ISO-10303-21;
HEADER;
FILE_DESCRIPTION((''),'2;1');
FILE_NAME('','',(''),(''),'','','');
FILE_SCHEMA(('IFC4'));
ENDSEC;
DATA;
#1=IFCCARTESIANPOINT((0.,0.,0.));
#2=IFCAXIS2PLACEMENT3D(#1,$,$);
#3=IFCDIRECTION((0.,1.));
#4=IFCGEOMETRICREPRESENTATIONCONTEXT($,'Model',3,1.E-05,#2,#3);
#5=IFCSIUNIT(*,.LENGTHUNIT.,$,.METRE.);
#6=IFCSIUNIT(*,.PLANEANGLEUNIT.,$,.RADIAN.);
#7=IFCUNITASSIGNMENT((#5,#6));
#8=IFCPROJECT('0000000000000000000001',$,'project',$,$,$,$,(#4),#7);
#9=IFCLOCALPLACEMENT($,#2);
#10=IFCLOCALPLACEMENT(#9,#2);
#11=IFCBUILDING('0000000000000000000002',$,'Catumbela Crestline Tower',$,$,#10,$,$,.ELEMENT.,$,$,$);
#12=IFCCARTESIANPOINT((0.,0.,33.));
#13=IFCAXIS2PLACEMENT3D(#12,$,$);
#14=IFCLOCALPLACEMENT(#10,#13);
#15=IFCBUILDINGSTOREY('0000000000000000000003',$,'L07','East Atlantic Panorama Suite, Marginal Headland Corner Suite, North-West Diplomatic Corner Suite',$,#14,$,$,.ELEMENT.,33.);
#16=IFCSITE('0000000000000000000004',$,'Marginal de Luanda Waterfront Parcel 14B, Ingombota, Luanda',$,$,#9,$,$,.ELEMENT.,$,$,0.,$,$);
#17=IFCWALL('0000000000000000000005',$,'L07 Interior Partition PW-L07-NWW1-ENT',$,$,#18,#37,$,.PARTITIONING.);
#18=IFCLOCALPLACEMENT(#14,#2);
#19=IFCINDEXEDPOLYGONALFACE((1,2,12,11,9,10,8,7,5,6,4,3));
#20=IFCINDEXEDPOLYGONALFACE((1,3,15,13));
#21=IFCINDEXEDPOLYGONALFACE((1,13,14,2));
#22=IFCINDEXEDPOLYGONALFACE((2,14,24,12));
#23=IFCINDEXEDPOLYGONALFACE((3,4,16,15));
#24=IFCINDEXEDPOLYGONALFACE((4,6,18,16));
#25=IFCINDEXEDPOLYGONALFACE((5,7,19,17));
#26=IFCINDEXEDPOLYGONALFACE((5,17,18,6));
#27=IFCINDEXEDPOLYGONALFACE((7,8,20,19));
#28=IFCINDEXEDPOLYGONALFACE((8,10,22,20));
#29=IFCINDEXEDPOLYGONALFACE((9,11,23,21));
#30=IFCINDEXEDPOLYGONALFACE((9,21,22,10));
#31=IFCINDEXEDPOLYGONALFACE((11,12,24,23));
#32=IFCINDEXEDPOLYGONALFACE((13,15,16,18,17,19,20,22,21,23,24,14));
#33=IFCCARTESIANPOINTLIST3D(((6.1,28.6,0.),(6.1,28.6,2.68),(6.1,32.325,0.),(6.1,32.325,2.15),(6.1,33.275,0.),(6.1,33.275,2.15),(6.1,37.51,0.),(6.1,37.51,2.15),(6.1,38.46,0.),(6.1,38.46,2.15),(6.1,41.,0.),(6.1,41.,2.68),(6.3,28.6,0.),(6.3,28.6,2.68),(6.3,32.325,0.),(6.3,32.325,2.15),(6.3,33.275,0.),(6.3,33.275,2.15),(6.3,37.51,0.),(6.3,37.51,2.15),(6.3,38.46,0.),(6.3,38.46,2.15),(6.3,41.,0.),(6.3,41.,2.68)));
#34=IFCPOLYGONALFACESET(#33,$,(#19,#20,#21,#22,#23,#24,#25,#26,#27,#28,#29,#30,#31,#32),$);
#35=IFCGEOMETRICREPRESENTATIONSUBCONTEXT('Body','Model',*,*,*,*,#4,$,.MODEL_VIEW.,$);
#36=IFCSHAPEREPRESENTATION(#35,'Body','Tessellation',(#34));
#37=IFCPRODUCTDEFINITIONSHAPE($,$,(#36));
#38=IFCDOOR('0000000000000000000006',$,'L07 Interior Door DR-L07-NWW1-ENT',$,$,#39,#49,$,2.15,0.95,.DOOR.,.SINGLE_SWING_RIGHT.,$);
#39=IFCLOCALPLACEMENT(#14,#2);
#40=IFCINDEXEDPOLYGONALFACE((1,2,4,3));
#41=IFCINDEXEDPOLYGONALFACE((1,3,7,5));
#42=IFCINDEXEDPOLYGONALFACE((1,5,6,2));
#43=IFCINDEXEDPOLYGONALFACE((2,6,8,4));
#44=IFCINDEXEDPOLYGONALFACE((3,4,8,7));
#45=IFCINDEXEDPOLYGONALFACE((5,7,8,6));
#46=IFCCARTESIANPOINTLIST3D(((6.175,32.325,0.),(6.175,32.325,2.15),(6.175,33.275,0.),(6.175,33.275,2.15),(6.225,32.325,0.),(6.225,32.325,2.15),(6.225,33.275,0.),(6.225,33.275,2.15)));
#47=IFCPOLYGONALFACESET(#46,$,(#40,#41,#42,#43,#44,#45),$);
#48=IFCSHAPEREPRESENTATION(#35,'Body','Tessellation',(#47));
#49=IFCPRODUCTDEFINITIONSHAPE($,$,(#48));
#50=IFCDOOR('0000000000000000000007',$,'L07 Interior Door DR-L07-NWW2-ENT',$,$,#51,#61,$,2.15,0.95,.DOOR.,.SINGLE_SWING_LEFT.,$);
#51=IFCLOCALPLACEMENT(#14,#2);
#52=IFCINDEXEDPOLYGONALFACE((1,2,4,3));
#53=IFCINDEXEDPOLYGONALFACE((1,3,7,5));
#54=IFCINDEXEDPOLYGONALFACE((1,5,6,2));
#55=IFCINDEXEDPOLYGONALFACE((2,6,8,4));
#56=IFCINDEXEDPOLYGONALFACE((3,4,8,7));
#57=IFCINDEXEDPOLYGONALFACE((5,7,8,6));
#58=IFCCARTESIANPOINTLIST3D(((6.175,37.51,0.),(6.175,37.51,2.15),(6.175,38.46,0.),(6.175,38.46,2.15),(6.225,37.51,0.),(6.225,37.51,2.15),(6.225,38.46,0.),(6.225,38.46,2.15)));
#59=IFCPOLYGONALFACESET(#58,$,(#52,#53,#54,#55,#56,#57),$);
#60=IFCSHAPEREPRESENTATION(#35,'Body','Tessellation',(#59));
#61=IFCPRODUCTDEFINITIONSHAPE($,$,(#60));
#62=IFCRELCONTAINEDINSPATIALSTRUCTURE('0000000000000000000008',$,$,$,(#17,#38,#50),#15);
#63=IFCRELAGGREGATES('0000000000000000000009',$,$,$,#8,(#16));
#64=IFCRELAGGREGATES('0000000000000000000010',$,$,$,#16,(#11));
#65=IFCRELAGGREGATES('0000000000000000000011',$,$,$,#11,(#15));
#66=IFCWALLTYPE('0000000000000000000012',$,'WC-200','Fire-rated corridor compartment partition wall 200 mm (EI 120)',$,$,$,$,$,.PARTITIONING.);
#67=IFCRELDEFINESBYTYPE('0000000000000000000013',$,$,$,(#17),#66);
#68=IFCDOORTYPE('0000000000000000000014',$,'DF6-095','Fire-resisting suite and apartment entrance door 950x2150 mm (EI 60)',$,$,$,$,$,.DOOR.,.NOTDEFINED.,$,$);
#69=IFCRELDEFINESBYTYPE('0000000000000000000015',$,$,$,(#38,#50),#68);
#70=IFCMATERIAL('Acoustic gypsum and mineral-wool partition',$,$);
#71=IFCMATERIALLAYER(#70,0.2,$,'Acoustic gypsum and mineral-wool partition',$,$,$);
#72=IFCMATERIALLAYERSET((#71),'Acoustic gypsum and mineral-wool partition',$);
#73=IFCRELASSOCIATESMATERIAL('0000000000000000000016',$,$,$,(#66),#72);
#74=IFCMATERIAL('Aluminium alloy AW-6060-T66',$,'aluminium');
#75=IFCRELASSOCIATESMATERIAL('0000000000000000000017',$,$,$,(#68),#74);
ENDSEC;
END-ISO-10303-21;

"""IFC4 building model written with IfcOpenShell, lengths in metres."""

from ifc_helpers import new_model, si_unit, direction, frame, frame_2d, origin, place, context, subcontext, project, spatial, rectangle, extrude, material, layer, layer_set, type_object, element, fill, save


model = new_model("IFC4")

# Units and contexts
model_context = context("Model", 3, precision=1e-05, world=origin(), true_north=direction((0.0, 1.0)))
body_context = subcontext(model_context, "Body", "Model", "MODEL_VIEW")
ifc_project = project(units=[si_unit("LENGTHUNIT", "METRE"), si_unit("PLANEANGLEUNIT", "RADIAN")], contexts=[model_context])

# Site, building, storey
site_placement = place(None, origin())
site = spatial("IfcSite", under=ifc_project, at=site_placement, Name="Marginal de Luanda Waterfront Parcel 14B, Ingombota, Luanda", CompositionType="ELEMENT", RefElevation=0.0)
building_placement = place(site_placement, origin())
building = spatial("IfcBuilding", under=site, at=building_placement, Name="Catumbela Crestline Tower", CompositionType="ELEMENT")
storey_placement = place(building_placement, frame((0.0, 0.0, 33.0)))
storey = spatial("IfcBuildingStorey", under=building, at=storey_placement, Name="L07", Description="East Atlantic Panorama Suite, Marginal Headland Corner Suite, North-West Diplomatic Corner Suite", CompositionType="ELEMENT", Elevation=33.0)

# Shared definitions
ifc_material_1 = material(Name="Acoustic gypsum and mineral-wool partition")
ifc_layer = layer(ifc_material_1, 0.2, Name="Acoustic gypsum and mineral-wool partition")
ifc_layer_set = layer_set([ifc_layer], Name="Acoustic gypsum and mineral-wool partition")
wall_type = type_object("IfcWallType", Name="WC-200", Description="Fire-rated corridor compartment partition wall 200 mm (EI 120)", PredefinedType="PARTITIONING", material=ifc_layer_set)
ifc_material_2 = material(Name="Aluminium alloy AW-6060-T66", Category="aluminium")
door_type_1 = type_object("IfcDoorType", Name="DF6-095", Description="Fire-resisting suite and apartment entrance door 950x2150 mm (EI 60)", OperationType="NOTDEFINED", PredefinedType="DOOR", material=ifc_material_2)

# Wall, openings, doors
wall_1_placement = place(storey_placement, frame((6.2, 28.6, 0.0), z_axis=(0.0, 0.0, 1.0), x_axis=(0.0, 1.0, 0.0)))
wall_1 = element("IfcWall", 1, at=wall_1_placement, inside=storey, type_object=wall_type, Name="L07 Interior Partition PW-L07-NWW1-ENT", PredefinedType="PARTITIONING", context=body_context, shape_type="SweptSolid", body=[
    extrude(rectangle(XDim=12.4, YDim=0.2, at=frame_2d((6.2, 0.0))), origin(), (0.0, 0.0, 1.0), 2.68),
])
opening_1_placement = place(wall_1_placement, frame((3.725, 0.0, 0.0)))
opening_1 = element("IfcOpeningElement", 2, at=opening_1_placement, cuts=wall_1, PredefinedType="OPENING", context=body_context, shape_type="SweptSolid", body=[
    extrude(rectangle(XDim=0.95, YDim=2.15, at=frame_2d((0.475, 1.075))), frame((0.0, 0.11, 0.0), z_axis=(0.0, -1.0, 0.0), x_axis=(1.0, 0.0, 0.0)), (0.0, 0.0, 1.0), 0.22),
])
opening_2_placement = place(wall_1_placement, frame((8.91, 0.0, 0.0)))
opening_2 = element("IfcOpeningElement", 3, at=opening_2_placement, cuts=wall_1, PredefinedType="OPENING", context=body_context, shape_type="SweptSolid", body=[
    extrude(rectangle(XDim=0.95, YDim=2.15, at=frame_2d((0.475, 1.075))), frame((0.0, 0.11, 0.0), z_axis=(0.0, -1.0, 0.0), x_axis=(1.0, 0.0, 0.0)), (0.0, 0.0, 1.0), 0.22),
])
door_1_placement = place(opening_1_placement, origin())
door_1 = element("IfcDoor", 4, at=door_1_placement, inside=storey, type_object=door_type_1, Name="L07 Interior Door DR-L07-NWW1-ENT", OperationType="SINGLE_SWING_RIGHT", OverallHeight=2.15, OverallWidth=0.95, PredefinedType="DOOR", context=body_context, shape_type="SweptSolid", body=[
    extrude(rectangle(XDim=0.95, YDim=2.15, at=frame_2d((0.475, 1.075))), frame((0.0, 0.025, 0.0), z_axis=(0.0, -1.0, 0.0), x_axis=(1.0, 0.0, 0.0)), (0.0, 0.0, 1.0), 0.05),
])
fill(opening_1, door_1)
door_2_placement = place(opening_2_placement, origin())
door_2 = element("IfcDoor", 5, at=door_2_placement, inside=storey, type_object=door_type_1, Name="L07 Interior Door DR-L07-NWW2-ENT", OperationType="SINGLE_SWING_LEFT", OverallHeight=2.15, OverallWidth=0.95, PredefinedType="DOOR", context=body_context, shape_type="SweptSolid", body=[
    extrude(rectangle(XDim=0.95, YDim=2.15, at=frame_2d((0.475, 1.075))), frame((0.0, 0.025, 0.0), z_axis=(0.0, -1.0, 0.0), x_axis=(1.0, 0.0, 0.0)), (0.0, 0.0, 1.0), 0.05),
])
fill(opening_2, door_2)

save(model, "model.ifc")
